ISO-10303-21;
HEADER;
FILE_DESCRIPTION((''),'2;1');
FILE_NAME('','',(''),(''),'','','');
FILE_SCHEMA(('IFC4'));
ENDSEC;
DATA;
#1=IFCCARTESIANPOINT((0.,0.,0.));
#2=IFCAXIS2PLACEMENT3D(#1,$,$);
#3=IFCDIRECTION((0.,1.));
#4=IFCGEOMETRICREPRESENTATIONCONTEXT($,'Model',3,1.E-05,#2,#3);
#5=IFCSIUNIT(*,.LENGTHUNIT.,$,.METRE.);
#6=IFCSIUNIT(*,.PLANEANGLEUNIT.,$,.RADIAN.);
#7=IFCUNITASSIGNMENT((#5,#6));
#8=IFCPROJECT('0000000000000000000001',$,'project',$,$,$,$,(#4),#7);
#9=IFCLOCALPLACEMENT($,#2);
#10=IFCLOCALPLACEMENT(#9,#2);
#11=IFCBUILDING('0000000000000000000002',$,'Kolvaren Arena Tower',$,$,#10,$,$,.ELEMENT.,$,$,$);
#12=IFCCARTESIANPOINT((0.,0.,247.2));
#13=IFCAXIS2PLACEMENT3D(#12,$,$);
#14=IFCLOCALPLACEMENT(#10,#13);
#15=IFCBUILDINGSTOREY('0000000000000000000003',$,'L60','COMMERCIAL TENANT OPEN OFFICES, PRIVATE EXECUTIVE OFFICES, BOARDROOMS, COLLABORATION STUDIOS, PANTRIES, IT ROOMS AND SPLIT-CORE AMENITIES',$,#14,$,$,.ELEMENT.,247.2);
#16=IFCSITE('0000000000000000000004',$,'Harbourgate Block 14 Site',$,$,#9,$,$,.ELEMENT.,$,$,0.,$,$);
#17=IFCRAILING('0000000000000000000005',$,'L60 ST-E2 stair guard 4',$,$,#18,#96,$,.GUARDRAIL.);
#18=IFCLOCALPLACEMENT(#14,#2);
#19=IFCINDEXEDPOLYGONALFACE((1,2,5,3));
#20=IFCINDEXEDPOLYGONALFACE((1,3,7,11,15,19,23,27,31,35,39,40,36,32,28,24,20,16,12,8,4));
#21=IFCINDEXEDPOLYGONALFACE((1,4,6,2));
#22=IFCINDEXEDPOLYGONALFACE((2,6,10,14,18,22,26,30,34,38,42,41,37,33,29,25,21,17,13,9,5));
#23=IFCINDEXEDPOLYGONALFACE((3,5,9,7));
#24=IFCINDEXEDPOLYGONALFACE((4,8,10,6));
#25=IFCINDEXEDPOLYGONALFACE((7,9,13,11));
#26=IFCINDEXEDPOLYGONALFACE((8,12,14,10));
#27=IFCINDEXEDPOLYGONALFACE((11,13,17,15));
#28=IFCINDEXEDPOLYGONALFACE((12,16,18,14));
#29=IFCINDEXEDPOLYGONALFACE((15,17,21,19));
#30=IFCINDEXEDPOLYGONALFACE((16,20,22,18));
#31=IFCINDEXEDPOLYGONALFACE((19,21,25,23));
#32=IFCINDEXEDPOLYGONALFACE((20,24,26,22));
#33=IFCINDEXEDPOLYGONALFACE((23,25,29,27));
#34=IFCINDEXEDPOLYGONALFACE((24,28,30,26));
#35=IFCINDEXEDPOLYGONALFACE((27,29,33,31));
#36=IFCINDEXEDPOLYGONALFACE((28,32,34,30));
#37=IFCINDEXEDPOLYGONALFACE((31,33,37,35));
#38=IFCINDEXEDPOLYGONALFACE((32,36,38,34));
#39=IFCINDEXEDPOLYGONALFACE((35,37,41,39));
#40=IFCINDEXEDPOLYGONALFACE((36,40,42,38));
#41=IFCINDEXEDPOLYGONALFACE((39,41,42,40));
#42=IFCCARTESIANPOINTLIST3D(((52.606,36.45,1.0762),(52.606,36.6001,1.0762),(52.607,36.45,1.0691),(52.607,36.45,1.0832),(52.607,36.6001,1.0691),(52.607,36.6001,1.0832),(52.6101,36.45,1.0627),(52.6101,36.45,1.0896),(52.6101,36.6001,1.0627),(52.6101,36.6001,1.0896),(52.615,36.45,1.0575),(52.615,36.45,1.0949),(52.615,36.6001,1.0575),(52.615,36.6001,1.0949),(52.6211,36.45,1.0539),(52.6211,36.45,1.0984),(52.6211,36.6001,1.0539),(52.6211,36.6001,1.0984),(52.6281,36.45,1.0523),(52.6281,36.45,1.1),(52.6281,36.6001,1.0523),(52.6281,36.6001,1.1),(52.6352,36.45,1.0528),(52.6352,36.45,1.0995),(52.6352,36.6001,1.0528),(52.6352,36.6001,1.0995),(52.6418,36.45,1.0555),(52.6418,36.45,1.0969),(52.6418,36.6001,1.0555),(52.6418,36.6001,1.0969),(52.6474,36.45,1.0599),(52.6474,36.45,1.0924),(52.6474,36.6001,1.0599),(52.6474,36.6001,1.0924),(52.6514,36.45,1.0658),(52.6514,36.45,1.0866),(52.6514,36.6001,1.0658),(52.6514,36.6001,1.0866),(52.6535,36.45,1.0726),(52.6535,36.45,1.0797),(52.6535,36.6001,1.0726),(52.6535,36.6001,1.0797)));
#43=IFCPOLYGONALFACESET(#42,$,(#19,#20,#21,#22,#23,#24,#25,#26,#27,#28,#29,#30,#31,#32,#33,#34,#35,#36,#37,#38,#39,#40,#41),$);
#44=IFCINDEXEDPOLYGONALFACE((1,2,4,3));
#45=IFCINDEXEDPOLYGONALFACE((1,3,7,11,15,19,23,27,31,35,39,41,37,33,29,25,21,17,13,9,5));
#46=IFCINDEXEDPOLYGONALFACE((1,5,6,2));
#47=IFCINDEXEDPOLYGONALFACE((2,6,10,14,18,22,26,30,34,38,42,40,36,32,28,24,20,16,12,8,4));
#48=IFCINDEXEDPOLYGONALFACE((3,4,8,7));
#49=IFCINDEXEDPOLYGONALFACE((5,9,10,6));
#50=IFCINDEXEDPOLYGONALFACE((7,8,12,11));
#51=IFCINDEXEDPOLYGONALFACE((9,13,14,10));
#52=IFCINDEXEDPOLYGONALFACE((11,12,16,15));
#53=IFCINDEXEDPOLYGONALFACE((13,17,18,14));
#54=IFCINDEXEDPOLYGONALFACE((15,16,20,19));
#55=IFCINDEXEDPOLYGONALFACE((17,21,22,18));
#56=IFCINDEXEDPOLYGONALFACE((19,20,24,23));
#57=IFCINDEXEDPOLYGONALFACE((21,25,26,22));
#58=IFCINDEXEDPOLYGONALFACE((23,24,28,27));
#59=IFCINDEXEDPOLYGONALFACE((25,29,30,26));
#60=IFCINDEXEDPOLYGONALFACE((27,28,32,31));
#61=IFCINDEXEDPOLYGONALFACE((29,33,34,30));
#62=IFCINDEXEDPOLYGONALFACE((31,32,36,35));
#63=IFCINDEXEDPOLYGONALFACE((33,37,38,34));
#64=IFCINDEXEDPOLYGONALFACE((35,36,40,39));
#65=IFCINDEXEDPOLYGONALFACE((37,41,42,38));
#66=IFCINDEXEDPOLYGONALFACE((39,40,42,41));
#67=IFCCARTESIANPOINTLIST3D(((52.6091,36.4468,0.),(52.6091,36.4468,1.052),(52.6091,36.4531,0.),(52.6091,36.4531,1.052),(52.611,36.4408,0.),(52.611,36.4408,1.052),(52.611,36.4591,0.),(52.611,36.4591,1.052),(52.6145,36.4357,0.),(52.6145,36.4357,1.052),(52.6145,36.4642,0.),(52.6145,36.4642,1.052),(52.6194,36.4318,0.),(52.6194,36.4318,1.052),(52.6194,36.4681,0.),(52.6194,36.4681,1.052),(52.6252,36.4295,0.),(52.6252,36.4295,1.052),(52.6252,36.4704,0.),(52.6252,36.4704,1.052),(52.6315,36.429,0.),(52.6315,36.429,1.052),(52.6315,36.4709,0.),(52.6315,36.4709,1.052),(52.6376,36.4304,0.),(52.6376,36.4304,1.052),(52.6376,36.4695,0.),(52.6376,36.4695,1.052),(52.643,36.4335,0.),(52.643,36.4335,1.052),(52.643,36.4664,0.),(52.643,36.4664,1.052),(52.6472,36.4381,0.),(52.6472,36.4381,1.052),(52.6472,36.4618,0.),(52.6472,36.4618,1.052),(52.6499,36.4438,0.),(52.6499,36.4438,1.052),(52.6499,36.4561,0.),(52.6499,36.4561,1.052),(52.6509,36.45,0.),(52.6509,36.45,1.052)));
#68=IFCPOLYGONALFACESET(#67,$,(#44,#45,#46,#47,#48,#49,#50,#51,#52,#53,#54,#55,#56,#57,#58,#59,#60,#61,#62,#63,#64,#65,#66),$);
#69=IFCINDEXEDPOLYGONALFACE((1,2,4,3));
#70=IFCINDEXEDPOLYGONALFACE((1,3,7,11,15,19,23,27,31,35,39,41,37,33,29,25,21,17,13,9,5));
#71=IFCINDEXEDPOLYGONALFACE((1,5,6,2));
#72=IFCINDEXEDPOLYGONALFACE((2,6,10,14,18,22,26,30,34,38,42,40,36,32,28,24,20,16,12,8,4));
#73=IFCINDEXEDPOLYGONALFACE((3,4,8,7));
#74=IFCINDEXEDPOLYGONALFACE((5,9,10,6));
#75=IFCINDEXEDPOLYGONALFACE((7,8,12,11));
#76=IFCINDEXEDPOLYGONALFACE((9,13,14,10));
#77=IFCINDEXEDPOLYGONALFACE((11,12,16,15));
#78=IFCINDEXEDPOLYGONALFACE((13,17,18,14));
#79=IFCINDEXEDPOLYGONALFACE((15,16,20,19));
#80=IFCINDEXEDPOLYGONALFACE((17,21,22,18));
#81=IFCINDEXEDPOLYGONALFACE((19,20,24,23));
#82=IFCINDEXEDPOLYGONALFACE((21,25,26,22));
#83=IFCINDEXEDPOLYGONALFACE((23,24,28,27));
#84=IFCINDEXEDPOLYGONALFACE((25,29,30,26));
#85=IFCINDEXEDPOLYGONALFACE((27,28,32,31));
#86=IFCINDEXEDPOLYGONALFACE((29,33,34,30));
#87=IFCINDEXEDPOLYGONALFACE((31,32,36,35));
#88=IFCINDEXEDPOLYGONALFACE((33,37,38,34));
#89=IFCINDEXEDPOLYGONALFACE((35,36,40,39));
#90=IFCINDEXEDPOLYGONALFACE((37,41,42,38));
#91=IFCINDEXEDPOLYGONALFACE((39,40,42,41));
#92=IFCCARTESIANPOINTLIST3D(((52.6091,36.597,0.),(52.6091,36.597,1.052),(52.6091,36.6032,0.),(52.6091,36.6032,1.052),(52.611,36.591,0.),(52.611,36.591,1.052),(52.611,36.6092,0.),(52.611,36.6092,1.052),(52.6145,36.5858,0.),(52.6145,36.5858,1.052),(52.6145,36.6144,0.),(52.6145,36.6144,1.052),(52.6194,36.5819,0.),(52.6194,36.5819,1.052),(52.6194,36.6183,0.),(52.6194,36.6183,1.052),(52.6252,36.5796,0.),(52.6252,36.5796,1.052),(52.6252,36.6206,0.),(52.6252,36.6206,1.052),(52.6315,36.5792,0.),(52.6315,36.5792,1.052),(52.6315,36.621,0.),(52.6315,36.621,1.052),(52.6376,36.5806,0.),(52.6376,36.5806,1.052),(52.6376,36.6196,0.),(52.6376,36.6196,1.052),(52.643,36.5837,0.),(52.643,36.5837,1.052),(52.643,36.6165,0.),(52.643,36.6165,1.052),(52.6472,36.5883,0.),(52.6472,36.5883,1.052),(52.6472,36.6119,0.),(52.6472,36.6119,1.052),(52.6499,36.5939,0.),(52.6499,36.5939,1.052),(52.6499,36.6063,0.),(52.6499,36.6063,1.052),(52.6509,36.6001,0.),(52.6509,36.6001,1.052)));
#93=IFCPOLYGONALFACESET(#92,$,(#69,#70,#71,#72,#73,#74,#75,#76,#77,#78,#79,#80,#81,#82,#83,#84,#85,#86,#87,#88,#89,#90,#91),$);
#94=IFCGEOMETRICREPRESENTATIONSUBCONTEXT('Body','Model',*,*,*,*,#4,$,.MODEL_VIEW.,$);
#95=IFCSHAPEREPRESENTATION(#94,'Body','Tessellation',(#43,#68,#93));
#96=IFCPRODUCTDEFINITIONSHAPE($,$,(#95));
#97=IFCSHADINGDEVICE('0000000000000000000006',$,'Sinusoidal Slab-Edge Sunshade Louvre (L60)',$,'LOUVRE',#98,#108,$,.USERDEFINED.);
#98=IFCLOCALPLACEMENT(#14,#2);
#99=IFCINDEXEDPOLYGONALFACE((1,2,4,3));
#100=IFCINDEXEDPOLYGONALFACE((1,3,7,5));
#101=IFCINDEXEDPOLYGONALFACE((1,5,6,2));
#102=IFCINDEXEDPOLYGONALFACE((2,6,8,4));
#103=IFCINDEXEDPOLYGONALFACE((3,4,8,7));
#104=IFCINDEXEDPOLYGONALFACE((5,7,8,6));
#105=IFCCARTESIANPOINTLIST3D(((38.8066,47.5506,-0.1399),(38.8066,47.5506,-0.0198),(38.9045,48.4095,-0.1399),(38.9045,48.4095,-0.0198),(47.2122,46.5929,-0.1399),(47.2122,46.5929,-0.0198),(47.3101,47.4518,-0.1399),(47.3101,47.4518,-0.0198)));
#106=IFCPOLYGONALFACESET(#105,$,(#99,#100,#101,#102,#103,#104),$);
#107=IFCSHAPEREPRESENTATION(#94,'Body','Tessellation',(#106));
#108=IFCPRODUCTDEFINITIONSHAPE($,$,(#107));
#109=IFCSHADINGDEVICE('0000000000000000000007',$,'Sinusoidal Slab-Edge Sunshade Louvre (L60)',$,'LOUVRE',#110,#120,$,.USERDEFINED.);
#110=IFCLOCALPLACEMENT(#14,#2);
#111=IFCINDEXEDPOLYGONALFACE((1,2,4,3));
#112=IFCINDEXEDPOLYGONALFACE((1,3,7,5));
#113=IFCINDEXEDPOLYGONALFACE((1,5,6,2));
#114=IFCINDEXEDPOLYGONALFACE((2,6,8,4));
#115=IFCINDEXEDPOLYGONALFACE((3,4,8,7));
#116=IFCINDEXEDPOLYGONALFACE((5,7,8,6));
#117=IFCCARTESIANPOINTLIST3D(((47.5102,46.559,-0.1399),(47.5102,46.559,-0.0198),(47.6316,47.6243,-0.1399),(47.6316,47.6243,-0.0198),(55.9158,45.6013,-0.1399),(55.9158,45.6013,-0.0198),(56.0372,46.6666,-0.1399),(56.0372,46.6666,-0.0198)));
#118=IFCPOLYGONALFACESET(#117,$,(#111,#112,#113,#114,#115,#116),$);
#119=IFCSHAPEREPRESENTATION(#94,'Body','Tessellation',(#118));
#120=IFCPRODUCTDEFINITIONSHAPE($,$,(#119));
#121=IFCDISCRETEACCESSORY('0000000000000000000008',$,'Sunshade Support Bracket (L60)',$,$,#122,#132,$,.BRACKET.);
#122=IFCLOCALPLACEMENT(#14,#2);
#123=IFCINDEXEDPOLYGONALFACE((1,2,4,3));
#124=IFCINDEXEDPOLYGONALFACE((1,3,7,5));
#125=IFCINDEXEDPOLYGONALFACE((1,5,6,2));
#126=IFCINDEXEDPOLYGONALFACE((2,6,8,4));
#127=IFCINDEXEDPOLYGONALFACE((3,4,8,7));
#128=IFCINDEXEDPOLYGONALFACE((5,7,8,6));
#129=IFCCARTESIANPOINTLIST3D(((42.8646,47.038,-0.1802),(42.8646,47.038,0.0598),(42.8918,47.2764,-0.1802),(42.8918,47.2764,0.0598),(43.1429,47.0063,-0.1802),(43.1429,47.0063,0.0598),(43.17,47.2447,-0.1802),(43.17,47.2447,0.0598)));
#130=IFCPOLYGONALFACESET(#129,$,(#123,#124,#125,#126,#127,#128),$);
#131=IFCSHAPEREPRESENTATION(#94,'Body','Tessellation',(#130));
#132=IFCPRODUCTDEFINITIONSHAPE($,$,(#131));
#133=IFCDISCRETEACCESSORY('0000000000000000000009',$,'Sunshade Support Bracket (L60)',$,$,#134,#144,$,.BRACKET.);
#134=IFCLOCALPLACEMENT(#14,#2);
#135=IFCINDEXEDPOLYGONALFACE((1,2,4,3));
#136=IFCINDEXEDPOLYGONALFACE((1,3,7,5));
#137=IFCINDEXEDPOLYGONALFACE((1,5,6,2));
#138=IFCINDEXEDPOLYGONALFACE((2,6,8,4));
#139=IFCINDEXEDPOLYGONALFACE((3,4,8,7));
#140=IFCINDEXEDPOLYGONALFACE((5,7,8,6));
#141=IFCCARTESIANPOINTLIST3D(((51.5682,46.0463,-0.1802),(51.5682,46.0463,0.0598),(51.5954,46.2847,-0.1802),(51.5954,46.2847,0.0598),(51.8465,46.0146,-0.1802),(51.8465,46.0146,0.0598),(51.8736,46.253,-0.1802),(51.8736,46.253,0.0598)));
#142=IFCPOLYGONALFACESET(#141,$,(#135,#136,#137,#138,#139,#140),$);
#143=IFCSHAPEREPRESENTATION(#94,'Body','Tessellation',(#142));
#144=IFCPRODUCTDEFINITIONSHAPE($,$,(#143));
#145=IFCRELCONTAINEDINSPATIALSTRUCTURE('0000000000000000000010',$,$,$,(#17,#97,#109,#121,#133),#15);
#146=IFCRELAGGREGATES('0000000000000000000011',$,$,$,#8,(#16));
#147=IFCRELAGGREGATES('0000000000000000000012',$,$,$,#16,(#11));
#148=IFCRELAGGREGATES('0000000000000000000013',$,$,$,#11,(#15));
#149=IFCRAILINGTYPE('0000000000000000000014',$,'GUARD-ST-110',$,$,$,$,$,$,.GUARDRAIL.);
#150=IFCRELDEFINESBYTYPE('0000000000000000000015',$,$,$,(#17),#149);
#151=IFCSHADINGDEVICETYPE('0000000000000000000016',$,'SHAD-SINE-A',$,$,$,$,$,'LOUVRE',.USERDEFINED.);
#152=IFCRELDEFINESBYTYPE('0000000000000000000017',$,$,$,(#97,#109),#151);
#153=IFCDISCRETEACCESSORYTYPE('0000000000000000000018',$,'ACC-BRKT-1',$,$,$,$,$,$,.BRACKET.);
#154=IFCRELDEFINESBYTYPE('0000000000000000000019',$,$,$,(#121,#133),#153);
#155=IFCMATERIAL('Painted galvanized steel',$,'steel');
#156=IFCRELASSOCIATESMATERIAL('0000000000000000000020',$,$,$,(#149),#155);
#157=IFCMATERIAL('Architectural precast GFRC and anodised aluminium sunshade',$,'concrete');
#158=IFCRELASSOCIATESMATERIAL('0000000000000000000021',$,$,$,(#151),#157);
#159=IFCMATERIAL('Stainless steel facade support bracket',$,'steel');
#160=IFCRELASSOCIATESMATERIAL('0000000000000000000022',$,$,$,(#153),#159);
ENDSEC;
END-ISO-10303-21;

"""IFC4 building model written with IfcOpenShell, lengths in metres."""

from ifc_helpers import new_model, si_unit, direction, frame, origin, origin_2d, place, context, subcontext, project, spatial, rectangle, circle, extrude, material, type_object, element, save


model = new_model("IFC4")

# Units and contexts
model_context = context("Model", 3, precision=1e-05, world=origin(), true_north=direction((0.0, 1.0)))
body_context = subcontext(model_context, "Body", "Model", "MODEL_VIEW")
ifc_project = project(units=[si_unit("LENGTHUNIT", "METRE"), si_unit("PLANEANGLEUNIT", "RADIAN")], contexts=[model_context])

# Site, building, storey
site_placement = place(None, origin())
site = spatial("IfcSite", under=ifc_project, at=site_placement, Name="Harbourgate Block 14 Site", CompositionType="ELEMENT", RefElevation=0.0)
building_placement = place(site_placement, origin())
building = spatial("IfcBuilding", under=site, at=building_placement, Name="Kolvaren Arena Tower", CompositionType="ELEMENT")
storey_placement = place(building_placement, frame((0.0, 0.0, 247.2)))
storey = spatial("IfcBuildingStorey", under=building, at=storey_placement, Name="L60", Description="COMMERCIAL TENANT OPEN OFFICES, PRIVATE EXECUTIVE OFFICES, BOARDROOMS, COLLABORATION STUDIOS, PANTRIES, IT ROOMS AND SPLIT-CORE AMENITIES", CompositionType="ELEMENT", Elevation=247.2)

# Railing
ifc_material_1 = material(Name="Painted galvanized steel", Category="steel")
railing_type = type_object("IfcRailingType", Name="GUARD-ST-110", PredefinedType="GUARDRAIL", material=ifc_material_1)
railing_1_placement = place(storey_placement, frame((52.6299, 36.45, 0.0)))
element("IfcRailing", 1, at=railing_1_placement, inside=storey, type_object=railing_type, Name="L60 ST-E2 stair guard 4", PredefinedType="GUARDRAIL", context=body_context, shape_type="SweptSolid", body=[
    extrude(circle(Radius=0.0239, at=origin_2d()), frame((0.0, 0.0, 1.0762), z_axis=(0.0, 1.0, 0.0), x_axis=(-1.0, 0.0, 0.0)), (0.0, 0.0, 1.0), 0.1501),
    extrude(circle(Radius=0.021, at=origin_2d()), origin(), (0.0, 0.0, 1.0), 1.052),
    extrude(circle(Radius=0.021, at=origin_2d()), frame((0.0, 0.1501, 0.0)), (0.0, 0.0, 1.0), 1.052),
])

# Shading devices
ifc_material_2 = material(Name="Architectural precast GFRC and anodised aluminium sunshade", Category="concrete")
shading_device_type = type_object("IfcShadingDeviceType", Name="SHAD-SINE-A", ElementType="LOUVRE", PredefinedType="USERDEFINED", material=ifc_material_2)
shading_device_1_placement = place(storey_placement, frame((43.0583, 47.5012, -0.1399), z_axis=(0.0, 0.0, 1.0), x_axis=(0.993572, -0.113205, 0.0)))
element("IfcShadingDevice", 2, at=shading_device_1_placement, inside=storey, type_object=shading_device_type, Name="Sinusoidal Slab-Edge Sunshade Louvre (L60)", ObjectType="LOUVRE", PredefinedType="USERDEFINED", context=body_context, shape_type="SweptSolid", body=[
    extrude(rectangle(XDim=8.46, YDim=0.8645, at=origin_2d()), origin(), (0.0, 0.0, 1.0), 0.1201),
])
shading_device_2_placement = place(storey_placement, frame((51.7737, 46.6128, -0.1399), z_axis=(0.0, 0.0, 1.0), x_axis=(0.993572, -0.113205, 0.0)))
element("IfcShadingDevice", 3, at=shading_device_2_placement, inside=storey, type_object=shading_device_type, Name="Sinusoidal Slab-Edge Sunshade Louvre (L60)", ObjectType="LOUVRE", PredefinedType="USERDEFINED", context=body_context, shape_type="SweptSolid", body=[
    extrude(rectangle(XDim=8.46, YDim=1.0723, at=origin_2d()), origin(), (0.0, 0.0, 1.0), 0.1201),
])

# Discrete accessories
ifc_material_3 = material(Name="Stainless steel facade support bracket", Category="steel")
discrete_accessory_type = type_object("IfcDiscreteAccessoryType", Name="ACC-BRKT-1", PredefinedType="BRACKET", material=ifc_material_3)
for number, where, z_axis, x_axis, name in (
    (4, (43.0173, 47.1414, -0.1802), (0.0, 0.0, 1.0), (0.993572, -0.113205, 0.0), "Sunshade Support Bracket (L60)"),
    (5, (51.7209, 46.1497, -0.1802), (0.0, 0.0, 1.0), (0.993572, -0.113205, 0.0), "Sunshade Support Bracket (L60)"),
):
    element("IfcDiscreteAccessory", number, at=place(storey_placement, frame(where, z_axis=z_axis, x_axis=x_axis)), inside=storey, type_object=discrete_accessory_type, Name=name, PredefinedType="BRACKET", context=body_context, shape_type="SweptSolid", body=[
        extrude(rectangle(XDim=0.28, YDim=0.24, at=origin_2d()), origin(), (0.0, 0.0, 1.0), 0.24),
    ])

save(model, "model.ifc")
